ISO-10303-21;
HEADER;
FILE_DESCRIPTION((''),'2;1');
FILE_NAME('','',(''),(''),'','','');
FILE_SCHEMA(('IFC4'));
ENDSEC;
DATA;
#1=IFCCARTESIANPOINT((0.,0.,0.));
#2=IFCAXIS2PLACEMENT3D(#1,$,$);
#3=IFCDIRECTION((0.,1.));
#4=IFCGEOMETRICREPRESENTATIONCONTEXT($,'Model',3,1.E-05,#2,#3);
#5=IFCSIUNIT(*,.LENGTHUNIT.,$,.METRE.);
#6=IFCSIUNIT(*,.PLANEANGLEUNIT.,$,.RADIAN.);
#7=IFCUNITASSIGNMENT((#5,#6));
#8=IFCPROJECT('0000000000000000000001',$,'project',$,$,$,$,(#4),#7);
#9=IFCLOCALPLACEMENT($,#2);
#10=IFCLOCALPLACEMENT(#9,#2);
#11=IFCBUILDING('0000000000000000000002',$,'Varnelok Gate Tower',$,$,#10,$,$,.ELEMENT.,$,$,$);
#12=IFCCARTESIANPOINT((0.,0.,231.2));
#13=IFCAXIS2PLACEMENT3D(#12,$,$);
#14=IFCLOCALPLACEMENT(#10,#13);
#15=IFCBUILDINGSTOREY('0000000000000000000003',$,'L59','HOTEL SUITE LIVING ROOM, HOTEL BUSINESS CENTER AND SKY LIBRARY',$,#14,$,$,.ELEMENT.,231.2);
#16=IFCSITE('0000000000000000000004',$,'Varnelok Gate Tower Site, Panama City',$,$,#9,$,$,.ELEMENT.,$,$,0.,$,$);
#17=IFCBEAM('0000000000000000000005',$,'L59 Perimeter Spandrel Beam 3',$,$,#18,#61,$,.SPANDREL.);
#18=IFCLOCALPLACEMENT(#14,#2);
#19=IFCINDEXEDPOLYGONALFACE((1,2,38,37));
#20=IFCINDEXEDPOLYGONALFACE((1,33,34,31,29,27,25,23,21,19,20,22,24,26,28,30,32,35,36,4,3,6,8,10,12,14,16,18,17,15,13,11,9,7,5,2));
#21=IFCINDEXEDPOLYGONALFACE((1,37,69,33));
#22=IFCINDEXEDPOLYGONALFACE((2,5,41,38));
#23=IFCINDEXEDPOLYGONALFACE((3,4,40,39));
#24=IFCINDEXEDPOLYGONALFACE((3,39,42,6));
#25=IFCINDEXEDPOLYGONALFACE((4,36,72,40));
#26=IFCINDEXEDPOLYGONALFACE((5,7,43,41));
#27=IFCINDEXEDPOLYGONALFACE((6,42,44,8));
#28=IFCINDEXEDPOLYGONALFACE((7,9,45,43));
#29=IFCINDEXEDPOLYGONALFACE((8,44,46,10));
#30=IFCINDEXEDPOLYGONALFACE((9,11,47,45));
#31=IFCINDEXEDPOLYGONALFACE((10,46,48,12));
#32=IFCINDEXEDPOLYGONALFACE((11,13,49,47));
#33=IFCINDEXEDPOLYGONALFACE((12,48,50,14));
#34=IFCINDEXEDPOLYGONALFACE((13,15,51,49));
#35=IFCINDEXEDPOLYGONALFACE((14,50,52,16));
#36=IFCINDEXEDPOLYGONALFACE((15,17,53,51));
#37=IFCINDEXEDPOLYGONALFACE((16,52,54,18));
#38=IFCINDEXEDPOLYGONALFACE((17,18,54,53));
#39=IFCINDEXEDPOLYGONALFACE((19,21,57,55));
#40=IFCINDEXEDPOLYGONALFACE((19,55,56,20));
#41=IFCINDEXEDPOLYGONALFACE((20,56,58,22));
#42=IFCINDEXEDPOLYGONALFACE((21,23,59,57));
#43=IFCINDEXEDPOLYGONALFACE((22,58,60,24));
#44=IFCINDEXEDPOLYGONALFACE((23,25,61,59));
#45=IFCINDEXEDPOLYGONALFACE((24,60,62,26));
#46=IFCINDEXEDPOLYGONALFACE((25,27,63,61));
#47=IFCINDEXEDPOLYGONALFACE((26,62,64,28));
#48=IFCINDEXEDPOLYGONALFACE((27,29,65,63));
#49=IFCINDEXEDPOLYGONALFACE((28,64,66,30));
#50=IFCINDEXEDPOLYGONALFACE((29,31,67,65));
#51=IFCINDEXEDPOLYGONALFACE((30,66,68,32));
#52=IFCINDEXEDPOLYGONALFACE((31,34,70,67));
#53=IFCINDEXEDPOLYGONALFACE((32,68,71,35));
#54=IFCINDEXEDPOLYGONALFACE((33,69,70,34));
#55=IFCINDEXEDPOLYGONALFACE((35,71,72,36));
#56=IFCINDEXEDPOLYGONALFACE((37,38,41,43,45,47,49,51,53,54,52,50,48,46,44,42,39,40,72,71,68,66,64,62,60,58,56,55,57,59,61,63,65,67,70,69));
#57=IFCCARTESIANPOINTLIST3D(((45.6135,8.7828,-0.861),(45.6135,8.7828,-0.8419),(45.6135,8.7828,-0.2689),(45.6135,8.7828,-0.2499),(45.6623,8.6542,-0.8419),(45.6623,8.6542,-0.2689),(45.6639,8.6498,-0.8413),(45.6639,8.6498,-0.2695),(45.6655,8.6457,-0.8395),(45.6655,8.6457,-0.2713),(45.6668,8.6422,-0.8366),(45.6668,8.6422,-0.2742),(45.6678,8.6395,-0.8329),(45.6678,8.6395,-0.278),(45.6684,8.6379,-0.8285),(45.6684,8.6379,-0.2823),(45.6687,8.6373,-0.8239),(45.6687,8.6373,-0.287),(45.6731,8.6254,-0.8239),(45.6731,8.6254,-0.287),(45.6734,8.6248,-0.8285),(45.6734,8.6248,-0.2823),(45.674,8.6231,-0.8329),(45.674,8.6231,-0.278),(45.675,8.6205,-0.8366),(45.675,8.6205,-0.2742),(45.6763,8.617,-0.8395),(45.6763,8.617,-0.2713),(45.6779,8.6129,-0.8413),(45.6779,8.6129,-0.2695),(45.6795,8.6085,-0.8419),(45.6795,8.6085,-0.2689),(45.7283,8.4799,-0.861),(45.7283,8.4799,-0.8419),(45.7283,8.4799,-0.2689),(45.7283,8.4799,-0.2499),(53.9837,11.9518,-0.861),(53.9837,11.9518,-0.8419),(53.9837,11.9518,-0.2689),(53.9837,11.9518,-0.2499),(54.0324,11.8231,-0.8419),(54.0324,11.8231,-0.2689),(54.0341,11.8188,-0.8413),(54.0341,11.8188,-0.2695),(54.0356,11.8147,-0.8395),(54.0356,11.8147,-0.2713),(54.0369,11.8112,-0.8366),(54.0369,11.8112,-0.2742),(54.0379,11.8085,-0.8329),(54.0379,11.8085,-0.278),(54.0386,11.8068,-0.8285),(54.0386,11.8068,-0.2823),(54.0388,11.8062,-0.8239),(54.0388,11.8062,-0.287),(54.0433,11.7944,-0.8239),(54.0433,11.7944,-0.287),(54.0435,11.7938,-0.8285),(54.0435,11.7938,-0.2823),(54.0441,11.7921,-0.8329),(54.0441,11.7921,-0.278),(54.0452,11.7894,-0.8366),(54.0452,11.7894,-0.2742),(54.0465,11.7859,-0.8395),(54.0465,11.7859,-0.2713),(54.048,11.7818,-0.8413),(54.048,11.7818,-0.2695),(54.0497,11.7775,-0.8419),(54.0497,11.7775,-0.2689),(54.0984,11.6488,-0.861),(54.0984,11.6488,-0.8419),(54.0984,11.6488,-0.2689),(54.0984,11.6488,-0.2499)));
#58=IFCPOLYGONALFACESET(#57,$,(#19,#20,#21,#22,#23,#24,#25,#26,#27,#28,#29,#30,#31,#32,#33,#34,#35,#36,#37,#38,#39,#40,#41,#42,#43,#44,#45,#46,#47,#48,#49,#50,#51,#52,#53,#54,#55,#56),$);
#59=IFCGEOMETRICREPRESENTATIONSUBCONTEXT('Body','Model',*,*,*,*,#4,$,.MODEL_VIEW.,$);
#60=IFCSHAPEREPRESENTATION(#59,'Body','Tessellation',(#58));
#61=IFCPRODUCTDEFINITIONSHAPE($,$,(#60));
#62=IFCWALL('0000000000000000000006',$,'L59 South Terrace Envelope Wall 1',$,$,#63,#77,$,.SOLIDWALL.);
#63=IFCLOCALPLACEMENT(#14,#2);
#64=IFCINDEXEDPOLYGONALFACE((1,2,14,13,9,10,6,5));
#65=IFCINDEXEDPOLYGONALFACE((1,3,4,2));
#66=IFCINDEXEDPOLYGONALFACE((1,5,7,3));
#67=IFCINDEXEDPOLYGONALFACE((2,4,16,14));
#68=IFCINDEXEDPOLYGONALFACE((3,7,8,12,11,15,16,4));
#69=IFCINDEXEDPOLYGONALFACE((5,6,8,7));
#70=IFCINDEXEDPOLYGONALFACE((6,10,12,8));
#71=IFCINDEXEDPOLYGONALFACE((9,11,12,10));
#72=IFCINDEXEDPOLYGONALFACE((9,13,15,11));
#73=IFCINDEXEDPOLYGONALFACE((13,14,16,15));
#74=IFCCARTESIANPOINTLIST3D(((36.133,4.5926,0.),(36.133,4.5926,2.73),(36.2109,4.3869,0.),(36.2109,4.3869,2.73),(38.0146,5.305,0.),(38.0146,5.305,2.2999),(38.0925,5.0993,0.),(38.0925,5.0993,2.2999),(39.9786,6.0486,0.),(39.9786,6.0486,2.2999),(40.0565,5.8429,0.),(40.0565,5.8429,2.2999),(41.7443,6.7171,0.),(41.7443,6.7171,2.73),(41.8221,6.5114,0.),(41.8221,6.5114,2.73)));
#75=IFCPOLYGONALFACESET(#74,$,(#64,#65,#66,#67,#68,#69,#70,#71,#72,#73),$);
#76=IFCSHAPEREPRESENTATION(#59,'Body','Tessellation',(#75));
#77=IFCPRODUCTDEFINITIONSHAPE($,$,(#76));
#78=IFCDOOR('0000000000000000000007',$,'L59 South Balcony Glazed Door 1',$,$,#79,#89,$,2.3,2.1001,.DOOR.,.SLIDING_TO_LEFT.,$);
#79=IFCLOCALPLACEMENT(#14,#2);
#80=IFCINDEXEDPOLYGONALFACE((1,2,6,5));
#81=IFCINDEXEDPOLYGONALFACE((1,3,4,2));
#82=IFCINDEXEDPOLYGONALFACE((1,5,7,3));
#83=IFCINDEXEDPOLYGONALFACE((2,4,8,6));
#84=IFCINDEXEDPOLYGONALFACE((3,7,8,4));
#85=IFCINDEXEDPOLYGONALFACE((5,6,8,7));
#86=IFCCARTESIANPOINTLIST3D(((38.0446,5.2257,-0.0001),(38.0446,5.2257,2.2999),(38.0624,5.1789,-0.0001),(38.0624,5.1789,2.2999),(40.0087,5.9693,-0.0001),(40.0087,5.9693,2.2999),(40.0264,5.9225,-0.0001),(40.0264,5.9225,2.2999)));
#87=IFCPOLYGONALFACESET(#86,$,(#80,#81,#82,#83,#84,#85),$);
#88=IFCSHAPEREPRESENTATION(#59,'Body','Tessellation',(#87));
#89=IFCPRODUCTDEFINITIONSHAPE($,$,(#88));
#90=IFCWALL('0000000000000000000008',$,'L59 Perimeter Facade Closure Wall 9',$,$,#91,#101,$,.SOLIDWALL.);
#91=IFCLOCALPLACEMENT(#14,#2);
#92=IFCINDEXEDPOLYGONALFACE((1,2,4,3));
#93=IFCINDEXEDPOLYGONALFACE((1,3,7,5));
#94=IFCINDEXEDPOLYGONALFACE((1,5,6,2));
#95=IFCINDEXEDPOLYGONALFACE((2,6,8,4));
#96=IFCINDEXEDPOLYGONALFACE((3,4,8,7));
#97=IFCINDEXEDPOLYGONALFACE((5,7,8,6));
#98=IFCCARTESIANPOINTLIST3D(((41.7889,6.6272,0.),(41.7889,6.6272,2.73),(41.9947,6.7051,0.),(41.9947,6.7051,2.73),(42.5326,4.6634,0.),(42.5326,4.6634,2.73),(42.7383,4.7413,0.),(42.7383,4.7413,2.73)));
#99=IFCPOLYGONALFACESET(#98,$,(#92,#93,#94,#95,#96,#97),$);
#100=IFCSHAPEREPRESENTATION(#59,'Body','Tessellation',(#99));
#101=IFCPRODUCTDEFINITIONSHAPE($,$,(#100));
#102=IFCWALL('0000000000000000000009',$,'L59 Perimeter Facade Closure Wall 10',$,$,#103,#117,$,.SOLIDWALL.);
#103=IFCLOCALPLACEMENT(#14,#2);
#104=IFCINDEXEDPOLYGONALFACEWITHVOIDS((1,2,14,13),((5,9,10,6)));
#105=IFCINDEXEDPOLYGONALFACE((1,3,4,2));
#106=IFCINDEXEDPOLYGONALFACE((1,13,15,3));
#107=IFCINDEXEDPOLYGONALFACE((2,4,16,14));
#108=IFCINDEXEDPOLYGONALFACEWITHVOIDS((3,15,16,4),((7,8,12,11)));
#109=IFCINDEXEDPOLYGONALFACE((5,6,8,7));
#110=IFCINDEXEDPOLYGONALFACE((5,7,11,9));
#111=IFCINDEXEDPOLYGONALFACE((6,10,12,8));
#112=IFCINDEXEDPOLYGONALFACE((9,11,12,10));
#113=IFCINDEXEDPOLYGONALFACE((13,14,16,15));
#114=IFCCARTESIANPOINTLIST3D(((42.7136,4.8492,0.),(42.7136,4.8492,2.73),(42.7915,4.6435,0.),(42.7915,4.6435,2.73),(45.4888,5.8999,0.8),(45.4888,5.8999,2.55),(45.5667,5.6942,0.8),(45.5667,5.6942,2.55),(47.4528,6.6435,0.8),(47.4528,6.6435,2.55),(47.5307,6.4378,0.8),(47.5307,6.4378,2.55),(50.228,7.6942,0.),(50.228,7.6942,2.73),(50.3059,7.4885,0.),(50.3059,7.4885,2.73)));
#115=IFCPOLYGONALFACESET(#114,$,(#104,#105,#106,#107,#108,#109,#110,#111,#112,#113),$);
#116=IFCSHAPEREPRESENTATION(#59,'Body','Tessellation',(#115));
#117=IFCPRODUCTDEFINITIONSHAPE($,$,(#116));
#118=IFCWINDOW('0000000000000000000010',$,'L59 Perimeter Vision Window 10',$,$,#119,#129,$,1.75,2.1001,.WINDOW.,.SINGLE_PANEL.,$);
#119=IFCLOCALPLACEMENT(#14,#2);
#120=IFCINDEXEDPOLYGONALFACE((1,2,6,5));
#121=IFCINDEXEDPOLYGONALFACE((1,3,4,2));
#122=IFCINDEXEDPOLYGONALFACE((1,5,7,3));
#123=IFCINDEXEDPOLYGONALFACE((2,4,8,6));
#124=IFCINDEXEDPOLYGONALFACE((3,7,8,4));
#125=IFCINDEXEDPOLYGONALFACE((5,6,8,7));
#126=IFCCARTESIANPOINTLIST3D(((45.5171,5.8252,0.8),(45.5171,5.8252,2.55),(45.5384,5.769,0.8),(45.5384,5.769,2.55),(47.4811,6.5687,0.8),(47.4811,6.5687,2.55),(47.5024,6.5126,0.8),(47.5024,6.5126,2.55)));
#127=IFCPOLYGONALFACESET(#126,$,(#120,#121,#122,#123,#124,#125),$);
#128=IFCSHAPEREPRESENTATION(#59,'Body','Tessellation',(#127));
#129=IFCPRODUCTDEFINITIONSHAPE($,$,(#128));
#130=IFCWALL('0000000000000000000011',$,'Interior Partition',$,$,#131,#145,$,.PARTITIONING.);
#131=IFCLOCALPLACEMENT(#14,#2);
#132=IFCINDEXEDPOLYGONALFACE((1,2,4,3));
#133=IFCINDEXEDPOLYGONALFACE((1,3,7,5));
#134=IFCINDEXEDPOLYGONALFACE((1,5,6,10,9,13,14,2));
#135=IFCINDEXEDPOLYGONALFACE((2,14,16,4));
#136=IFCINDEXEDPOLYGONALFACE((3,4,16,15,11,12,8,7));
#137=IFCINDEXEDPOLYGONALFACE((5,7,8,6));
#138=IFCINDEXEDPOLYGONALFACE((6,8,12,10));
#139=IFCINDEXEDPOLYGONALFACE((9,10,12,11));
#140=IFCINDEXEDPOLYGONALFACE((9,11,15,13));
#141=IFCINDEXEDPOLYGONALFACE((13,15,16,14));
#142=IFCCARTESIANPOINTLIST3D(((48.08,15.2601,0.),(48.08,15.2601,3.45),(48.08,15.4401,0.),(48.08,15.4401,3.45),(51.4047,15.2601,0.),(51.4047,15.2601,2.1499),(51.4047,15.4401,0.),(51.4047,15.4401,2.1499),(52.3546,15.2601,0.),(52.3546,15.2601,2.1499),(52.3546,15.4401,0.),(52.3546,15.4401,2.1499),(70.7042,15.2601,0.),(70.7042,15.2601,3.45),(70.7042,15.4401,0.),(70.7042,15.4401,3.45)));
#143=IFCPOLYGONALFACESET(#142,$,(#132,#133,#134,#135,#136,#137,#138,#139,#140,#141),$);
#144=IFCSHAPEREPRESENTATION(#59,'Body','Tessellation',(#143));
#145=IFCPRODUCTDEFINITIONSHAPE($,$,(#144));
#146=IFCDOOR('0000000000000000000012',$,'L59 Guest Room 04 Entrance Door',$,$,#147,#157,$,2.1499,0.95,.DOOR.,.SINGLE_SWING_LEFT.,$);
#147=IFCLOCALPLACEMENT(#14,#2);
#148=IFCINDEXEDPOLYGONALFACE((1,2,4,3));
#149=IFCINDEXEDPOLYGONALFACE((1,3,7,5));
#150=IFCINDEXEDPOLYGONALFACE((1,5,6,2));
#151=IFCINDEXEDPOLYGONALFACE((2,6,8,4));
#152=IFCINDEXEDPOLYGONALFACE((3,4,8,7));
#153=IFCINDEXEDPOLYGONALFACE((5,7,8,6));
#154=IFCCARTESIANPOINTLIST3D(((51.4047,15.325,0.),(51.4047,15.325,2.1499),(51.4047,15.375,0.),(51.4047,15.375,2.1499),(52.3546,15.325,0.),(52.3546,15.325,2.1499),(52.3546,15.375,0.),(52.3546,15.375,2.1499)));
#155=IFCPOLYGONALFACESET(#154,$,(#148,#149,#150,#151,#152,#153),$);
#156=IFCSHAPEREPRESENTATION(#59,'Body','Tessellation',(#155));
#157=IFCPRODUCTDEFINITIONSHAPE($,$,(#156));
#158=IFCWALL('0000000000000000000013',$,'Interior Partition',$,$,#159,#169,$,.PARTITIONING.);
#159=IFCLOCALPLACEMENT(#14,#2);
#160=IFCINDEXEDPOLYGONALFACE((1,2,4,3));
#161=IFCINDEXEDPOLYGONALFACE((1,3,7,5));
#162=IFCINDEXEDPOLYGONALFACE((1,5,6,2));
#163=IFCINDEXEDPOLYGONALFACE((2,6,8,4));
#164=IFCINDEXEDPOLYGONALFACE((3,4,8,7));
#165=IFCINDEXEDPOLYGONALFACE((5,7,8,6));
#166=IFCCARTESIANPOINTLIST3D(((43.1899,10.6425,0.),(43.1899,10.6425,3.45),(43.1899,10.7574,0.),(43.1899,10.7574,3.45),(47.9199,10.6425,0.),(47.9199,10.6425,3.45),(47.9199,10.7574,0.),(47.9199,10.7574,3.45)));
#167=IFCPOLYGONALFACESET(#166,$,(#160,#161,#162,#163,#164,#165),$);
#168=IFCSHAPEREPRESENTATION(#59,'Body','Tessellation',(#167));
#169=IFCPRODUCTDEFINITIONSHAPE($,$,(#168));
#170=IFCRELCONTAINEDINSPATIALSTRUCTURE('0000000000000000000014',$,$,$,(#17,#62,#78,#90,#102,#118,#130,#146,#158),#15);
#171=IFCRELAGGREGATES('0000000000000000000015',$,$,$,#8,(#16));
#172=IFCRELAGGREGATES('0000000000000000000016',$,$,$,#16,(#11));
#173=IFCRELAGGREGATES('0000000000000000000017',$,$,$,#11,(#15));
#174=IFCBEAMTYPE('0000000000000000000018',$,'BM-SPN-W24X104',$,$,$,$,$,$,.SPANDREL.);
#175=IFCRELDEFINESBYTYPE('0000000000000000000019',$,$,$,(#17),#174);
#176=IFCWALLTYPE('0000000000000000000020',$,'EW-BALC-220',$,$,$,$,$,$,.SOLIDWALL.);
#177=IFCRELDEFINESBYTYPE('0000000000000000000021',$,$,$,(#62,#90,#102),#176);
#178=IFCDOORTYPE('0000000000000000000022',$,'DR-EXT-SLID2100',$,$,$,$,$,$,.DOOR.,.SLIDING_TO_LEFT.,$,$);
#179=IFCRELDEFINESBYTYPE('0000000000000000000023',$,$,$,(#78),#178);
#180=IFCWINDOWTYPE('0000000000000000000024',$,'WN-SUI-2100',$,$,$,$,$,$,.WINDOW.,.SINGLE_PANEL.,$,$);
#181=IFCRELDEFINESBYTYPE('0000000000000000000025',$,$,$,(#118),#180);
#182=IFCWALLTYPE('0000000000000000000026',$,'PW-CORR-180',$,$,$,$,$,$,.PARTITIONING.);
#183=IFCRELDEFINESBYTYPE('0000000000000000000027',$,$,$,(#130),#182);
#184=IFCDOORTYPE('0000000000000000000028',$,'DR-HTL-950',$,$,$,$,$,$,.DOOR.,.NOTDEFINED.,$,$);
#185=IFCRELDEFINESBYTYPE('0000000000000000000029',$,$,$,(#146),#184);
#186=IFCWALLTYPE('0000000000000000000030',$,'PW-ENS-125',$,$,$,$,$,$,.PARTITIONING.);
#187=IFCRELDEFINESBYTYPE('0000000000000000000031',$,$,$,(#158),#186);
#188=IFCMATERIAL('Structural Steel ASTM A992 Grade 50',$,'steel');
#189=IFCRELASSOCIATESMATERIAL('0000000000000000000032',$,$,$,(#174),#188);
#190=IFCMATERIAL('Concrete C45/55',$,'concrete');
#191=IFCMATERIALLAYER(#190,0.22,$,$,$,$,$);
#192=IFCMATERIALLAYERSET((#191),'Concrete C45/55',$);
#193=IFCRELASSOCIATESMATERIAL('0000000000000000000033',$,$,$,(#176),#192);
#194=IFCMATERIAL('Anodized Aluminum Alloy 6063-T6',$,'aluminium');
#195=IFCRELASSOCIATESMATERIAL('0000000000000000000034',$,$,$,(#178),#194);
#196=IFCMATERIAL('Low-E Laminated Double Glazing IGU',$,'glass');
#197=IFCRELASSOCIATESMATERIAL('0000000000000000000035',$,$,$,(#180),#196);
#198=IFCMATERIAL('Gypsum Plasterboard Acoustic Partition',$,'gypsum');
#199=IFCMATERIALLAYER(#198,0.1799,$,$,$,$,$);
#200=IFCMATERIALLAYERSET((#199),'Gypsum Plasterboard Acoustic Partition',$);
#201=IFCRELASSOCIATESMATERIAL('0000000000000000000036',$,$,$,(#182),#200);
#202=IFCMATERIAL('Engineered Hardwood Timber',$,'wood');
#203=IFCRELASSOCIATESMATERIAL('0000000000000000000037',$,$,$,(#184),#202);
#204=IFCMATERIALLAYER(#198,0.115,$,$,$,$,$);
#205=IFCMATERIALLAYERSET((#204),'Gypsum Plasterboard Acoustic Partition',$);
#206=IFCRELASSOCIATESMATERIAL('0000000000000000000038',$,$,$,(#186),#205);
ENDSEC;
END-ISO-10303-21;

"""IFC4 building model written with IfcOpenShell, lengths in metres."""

from ifc_helpers import new_model, si_unit, direction, frame, frame_2d, origin, origin_2d, place, context, subcontext, project, spatial, rectangle, i_section, extrude, material, layer, layer_set, material_profile, profile_set, type_object, element, fill, save


model = new_model("IFC4")

# Units and contexts
model_context = context("Model", 3, precision=1e-05, world=origin(), true_north=direction((0.0, 1.0)))
body_context = subcontext(model_context, "Body", "Model", "MODEL_VIEW")
ifc_project = project(units=[si_unit("LENGTHUNIT", "METRE"), si_unit("PLANEANGLEUNIT", "RADIAN")], contexts=[model_context])

# Site, building, storey
site_placement = place(None, origin())
site = spatial("IfcSite", under=ifc_project, at=site_placement, Name="Varnelok Gate Tower Site, Panama City", CompositionType="ELEMENT", RefElevation=0.0)
building_placement = place(site_placement, origin())
building = spatial("IfcBuilding", under=site, at=building_placement, Name="Varnelok Gate Tower", CompositionType="ELEMENT")
storey_placement = place(building_placement, frame((0.0, 0.0, 231.2)))
storey = spatial("IfcBuildingStorey", under=building, at=storey_placement, Name="L59", Description="HOTEL SUITE LIVING ROOM, HOTEL BUSINESS CENTER AND SKY LIBRARY", CompositionType="ELEMENT", Elevation=231.2)

# Shared definitions
ifc_material_1 = material(Name="Structural Steel ASTM A992 Grade 50", Category="steel")

# Beam
ifc_material_profile_1 = material_profile(ifc_material_1, i_section(OverallWidth=0.324, OverallDepth=0.6111, WebThickness=0.0127, FlangeThickness=0.019, FilletRadius=0.0181, at=origin_2d()), Name="W24X104")
ifc_profile_set_1 = profile_set([ifc_material_profile_1], Name="Structural Steel ASTM A992 Grade 50")
beam_type_1 = type_object("IfcBeamType", Name="BM-SPN-W24X104", PredefinedType="SPANDREL", material=ifc_profile_set_1)
beam_1_placement = place(storey_placement, frame((45.6709, 8.6313, -0.5554), z_axis=(0.935217, 0.354075, 0.0), x_axis=(-0.354075, 0.935217, 0.0)))
element("IfcBeam", 1, at=beam_1_placement, inside=storey, type_object=beam_type_1, Name="L59 Perimeter Spandrel Beam 3", PredefinedType="SPANDREL", context=body_context, shape_type="SweptSolid", body=[
    extrude(i_section(OverallWidth=0.324, OverallDepth=0.6111, WebThickness=0.0127, FlangeThickness=0.019, FilletRadius=0.0181, at=origin_2d()), origin(), (0.0, 0.0, 1.0), 8.95),
])

# Wall, opening, door
ifc_material_2 = material(Name="Concrete C45/55", Category="concrete")
ifc_layer_1 = layer(ifc_material_2, 0.22)
ifc_layer_set_1 = layer_set([ifc_layer_1], Name="Concrete C45/55")
wall_type_1 = type_object("IfcWallType", Name="EW-BALC-220", PredefinedType="SOLIDWALL", material=ifc_layer_set_1)
wall_1_placement = place(storey_placement, frame((41.7832, 6.6143, 0.0), z_axis=(0.0, 0.0, 1.0), x_axis=(-0.935214, -0.354083, 0.0)))
wall_1 = element("IfcWall", 2, at=wall_1_placement, inside=storey, type_object=wall_type_1, Name="L59 South Terrace Envelope Wall 1", PredefinedType="SOLIDWALL", context=body_context, shape_type="SweptSolid", body=[
    extrude(rectangle(XDim=6.0, YDim=0.22, at=frame_2d((3.0, 0.0))), origin(), (0.0, 0.0, 1.0), 2.73),
])
opening_1_placement = place(wall_1_placement, frame((1.8879, 0.0, 0.0)))
opening_1 = element("IfcOpeningElement", 3, at=opening_1_placement, cuts=wall_1, PredefinedType="OPENING", context=body_context, shape_type="SweptSolid", body=[
    extrude(rectangle(XDim=2.1001, YDim=2.3, at=frame_2d((1.05, 1.1499))), frame((0.0, 0.1199, 0.0), z_axis=(0.0, -1.0, 0.0), x_axis=(1.0, 0.0, 0.0)), (0.0, 0.0, 1.0), 0.24),
])
ifc_material_3 = material(Name="Anodized Aluminum Alloy 6063-T6", Category="aluminium")
door_type_1 = type_object("IfcDoorType", Name="DR-EXT-SLID2100", OperationType="SLIDING_TO_LEFT", PredefinedType="DOOR", material=ifc_material_3)
door_1_placement = place(opening_1_placement, origin())
door_1 = element("IfcDoor", 4, at=door_1_placement, inside=storey, type_object=door_type_1, Name="L59 South Balcony Glazed Door 1", OperationType="SLIDING_TO_LEFT", OverallHeight=2.3, OverallWidth=2.1001, PredefinedType="DOOR", context=body_context, shape_type="SweptSolid", body=[
    extrude(rectangle(XDim=2.1001, YDim=2.3, at=frame_2d((1.05, 1.1499))), frame((0.0, 0.0249, 0.0), z_axis=(0.0, -1.0, 0.0), x_axis=(1.0, 0.0, 0.0)), (0.0, 0.0, 1.0), 0.05),
])
fill(opening_1, door_1)

# Wall
wall_2_placement = place(storey_placement, frame((41.8918, 6.666, 0.0), z_axis=(0.0, 0.0, 1.0), x_axis=(0.354128, -0.935197, 0.0)))
element("IfcWall", 5, at=wall_2_placement, inside=storey, type_object=wall_type_1, Name="L59 Perimeter Facade Closure Wall 9", PredefinedType="SOLIDWALL", context=body_context, shape_type="SweptSolid", body=[
    extrude(rectangle(XDim=2.0999, YDim=0.22, at=frame_2d((1.0498, 0.0))), origin(), (0.0, 0.0, 1.0), 2.73),
])

# Wall, opening, window
wall_3_placement = place(storey_placement, frame((42.7524, 4.7463, 0.0), z_axis=(0.0, 0.0, 1.0), x_axis=(0.935217, 0.354075, 0.0)))
wall_3 = element("IfcWall", 6, at=wall_3_placement, inside=storey, type_object=wall_type_1, Name="L59 Perimeter Facade Closure Wall 10", PredefinedType="SOLIDWALL", context=body_context, shape_type="SweptSolid", body=[
    extrude(rectangle(XDim=8.0349, YDim=0.22, at=frame_2d((4.0176, 0.0))), origin(), (0.0, 0.0, 1.0), 2.73),
])
opening_2_placement = place(wall_3_placement, frame((2.9675, 0.0, 0.8)))
opening_2 = element("IfcOpeningElement", 7, at=opening_2_placement, cuts=wall_3, PredefinedType="OPENING", context=body_context, shape_type="SweptSolid", body=[
    extrude(rectangle(XDim=2.1001, YDim=1.75, at=frame_2d((1.05, 0.875))), frame((0.0, 0.1199, 0.0), z_axis=(0.0, -1.0, 0.0), x_axis=(1.0, 0.0, 0.0)), (0.0, 0.0, 1.0), 0.24),
])
ifc_material_4 = material(Name="Low-E Laminated Double Glazing IGU", Category="glass")
window_type = type_object("IfcWindowType", Name="WN-SUI-2100", PartitioningType="SINGLE_PANEL", PredefinedType="WINDOW", material=ifc_material_4)
window_placement = place(opening_2_placement, origin())
window = element("IfcWindow", 8, at=window_placement, inside=storey, type_object=window_type, Name="L59 Perimeter Vision Window 10", OverallHeight=1.75, OverallWidth=2.1001, PartitioningType="SINGLE_PANEL", PredefinedType="WINDOW", context=body_context, shape_type="SweptSolid", body=[
    extrude(rectangle(XDim=2.1001, YDim=1.75, at=frame_2d((1.05, 0.875))), frame((0.0, 0.03, 0.0), z_axis=(0.0, -1.0, 0.0), x_axis=(1.0, 0.0, 0.0)), (0.0, 0.0, 1.0), 0.0601),
])
fill(opening_2, window)

# Wall, opening, door
ifc_material_5 = material(Name="Gypsum Plasterboard Acoustic Partition", Category="gypsum")
ifc_layer_2 = layer(ifc_material_5, 0.1799)
ifc_layer_set_2 = layer_set([ifc_layer_2], Name="Gypsum Plasterboard Acoustic Partition")
wall_type_2 = type_object("IfcWallType", Name="PW-CORR-180", PredefinedType="PARTITIONING", material=ifc_layer_set_2)
wall_4_placement = place(storey_placement, frame((48.0801, 15.3501, 0.0), z_axis=(0.0, 0.0, 1.0), x_axis=(1.0, 0.0, 0.0)))
wall_4 = element("IfcWall", 9, at=wall_4_placement, inside=storey, type_object=wall_type_2, Name="Interior Partition", PredefinedType="PARTITIONING", context=body_context, shape_type="SweptSolid", body=[
    extrude(rectangle(XDim=22.6243, YDim=0.1799, at=frame_2d((11.312, 0.0))), origin(), (0.0, 0.0, 1.0), 3.45),
])
opening_3_placement = place(wall_4_placement, frame((3.3245, 0.0, 0.0)))
opening_3 = element("IfcOpeningElement", 10, at=opening_3_placement, cuts=wall_4, PredefinedType="OPENING", context=body_context, shape_type="SweptSolid", body=[
    extrude(rectangle(XDim=0.95, YDim=2.1499, at=frame_2d((0.4751, 1.075))), frame((0.0, 0.0999, 0.0), z_axis=(0.0, -1.0, 0.0), x_axis=(1.0, 0.0, 0.0)), (0.0, 0.0, 1.0), 0.2),
])
ifc_material_6 = material(Name="Engineered Hardwood Timber", Category="wood")
door_type_2 = type_object("IfcDoorType", Name="DR-HTL-950", OperationType="NOTDEFINED", PredefinedType="DOOR", material=ifc_material_6)
door_2_placement = place(opening_3_placement, origin())
door_2 = element("IfcDoor", 11, at=door_2_placement, inside=storey, type_object=door_type_2, Name="L59 Guest Room 04 Entrance Door", OperationType="SINGLE_SWING_LEFT", OverallHeight=2.1499, OverallWidth=0.95, PredefinedType="DOOR", context=body_context, shape_type="SweptSolid", body=[
    extrude(rectangle(XDim=0.95, YDim=2.1499, at=frame_2d((0.4751, 1.075))), frame((0.0, 0.0249, 0.0), z_axis=(0.0, -1.0, 0.0), x_axis=(1.0, 0.0, 0.0)), (0.0, 0.0, 1.0), 0.05),
])
fill(opening_3, door_2)

# Wall
ifc_layer_3 = layer(ifc_material_5, 0.115)
ifc_layer_set_3 = layer_set([ifc_layer_3], Name="Gypsum Plasterboard Acoustic Partition")
wall_type_3 = type_object("IfcWallType", Name="PW-ENS-125", PredefinedType="PARTITIONING", material=ifc_layer_set_3)
wall_5_placement = place(storey_placement, frame((43.1899, 10.7, 0.0), z_axis=(0.0, 0.0, 1.0), x_axis=(1.0, 0.0, 0.0)))
element("IfcWall", 12, at=wall_5_placement, inside=storey, type_object=wall_type_3, Name="Interior Partition", PredefinedType="PARTITIONING", context=body_context, shape_type="SweptSolid", body=[
    extrude(rectangle(XDim=4.73, YDim=0.115, at=frame_2d((2.365, 0.0))), origin(), (0.0, 0.0, 1.0), 3.45),
])

save(model, "model.ifc")
